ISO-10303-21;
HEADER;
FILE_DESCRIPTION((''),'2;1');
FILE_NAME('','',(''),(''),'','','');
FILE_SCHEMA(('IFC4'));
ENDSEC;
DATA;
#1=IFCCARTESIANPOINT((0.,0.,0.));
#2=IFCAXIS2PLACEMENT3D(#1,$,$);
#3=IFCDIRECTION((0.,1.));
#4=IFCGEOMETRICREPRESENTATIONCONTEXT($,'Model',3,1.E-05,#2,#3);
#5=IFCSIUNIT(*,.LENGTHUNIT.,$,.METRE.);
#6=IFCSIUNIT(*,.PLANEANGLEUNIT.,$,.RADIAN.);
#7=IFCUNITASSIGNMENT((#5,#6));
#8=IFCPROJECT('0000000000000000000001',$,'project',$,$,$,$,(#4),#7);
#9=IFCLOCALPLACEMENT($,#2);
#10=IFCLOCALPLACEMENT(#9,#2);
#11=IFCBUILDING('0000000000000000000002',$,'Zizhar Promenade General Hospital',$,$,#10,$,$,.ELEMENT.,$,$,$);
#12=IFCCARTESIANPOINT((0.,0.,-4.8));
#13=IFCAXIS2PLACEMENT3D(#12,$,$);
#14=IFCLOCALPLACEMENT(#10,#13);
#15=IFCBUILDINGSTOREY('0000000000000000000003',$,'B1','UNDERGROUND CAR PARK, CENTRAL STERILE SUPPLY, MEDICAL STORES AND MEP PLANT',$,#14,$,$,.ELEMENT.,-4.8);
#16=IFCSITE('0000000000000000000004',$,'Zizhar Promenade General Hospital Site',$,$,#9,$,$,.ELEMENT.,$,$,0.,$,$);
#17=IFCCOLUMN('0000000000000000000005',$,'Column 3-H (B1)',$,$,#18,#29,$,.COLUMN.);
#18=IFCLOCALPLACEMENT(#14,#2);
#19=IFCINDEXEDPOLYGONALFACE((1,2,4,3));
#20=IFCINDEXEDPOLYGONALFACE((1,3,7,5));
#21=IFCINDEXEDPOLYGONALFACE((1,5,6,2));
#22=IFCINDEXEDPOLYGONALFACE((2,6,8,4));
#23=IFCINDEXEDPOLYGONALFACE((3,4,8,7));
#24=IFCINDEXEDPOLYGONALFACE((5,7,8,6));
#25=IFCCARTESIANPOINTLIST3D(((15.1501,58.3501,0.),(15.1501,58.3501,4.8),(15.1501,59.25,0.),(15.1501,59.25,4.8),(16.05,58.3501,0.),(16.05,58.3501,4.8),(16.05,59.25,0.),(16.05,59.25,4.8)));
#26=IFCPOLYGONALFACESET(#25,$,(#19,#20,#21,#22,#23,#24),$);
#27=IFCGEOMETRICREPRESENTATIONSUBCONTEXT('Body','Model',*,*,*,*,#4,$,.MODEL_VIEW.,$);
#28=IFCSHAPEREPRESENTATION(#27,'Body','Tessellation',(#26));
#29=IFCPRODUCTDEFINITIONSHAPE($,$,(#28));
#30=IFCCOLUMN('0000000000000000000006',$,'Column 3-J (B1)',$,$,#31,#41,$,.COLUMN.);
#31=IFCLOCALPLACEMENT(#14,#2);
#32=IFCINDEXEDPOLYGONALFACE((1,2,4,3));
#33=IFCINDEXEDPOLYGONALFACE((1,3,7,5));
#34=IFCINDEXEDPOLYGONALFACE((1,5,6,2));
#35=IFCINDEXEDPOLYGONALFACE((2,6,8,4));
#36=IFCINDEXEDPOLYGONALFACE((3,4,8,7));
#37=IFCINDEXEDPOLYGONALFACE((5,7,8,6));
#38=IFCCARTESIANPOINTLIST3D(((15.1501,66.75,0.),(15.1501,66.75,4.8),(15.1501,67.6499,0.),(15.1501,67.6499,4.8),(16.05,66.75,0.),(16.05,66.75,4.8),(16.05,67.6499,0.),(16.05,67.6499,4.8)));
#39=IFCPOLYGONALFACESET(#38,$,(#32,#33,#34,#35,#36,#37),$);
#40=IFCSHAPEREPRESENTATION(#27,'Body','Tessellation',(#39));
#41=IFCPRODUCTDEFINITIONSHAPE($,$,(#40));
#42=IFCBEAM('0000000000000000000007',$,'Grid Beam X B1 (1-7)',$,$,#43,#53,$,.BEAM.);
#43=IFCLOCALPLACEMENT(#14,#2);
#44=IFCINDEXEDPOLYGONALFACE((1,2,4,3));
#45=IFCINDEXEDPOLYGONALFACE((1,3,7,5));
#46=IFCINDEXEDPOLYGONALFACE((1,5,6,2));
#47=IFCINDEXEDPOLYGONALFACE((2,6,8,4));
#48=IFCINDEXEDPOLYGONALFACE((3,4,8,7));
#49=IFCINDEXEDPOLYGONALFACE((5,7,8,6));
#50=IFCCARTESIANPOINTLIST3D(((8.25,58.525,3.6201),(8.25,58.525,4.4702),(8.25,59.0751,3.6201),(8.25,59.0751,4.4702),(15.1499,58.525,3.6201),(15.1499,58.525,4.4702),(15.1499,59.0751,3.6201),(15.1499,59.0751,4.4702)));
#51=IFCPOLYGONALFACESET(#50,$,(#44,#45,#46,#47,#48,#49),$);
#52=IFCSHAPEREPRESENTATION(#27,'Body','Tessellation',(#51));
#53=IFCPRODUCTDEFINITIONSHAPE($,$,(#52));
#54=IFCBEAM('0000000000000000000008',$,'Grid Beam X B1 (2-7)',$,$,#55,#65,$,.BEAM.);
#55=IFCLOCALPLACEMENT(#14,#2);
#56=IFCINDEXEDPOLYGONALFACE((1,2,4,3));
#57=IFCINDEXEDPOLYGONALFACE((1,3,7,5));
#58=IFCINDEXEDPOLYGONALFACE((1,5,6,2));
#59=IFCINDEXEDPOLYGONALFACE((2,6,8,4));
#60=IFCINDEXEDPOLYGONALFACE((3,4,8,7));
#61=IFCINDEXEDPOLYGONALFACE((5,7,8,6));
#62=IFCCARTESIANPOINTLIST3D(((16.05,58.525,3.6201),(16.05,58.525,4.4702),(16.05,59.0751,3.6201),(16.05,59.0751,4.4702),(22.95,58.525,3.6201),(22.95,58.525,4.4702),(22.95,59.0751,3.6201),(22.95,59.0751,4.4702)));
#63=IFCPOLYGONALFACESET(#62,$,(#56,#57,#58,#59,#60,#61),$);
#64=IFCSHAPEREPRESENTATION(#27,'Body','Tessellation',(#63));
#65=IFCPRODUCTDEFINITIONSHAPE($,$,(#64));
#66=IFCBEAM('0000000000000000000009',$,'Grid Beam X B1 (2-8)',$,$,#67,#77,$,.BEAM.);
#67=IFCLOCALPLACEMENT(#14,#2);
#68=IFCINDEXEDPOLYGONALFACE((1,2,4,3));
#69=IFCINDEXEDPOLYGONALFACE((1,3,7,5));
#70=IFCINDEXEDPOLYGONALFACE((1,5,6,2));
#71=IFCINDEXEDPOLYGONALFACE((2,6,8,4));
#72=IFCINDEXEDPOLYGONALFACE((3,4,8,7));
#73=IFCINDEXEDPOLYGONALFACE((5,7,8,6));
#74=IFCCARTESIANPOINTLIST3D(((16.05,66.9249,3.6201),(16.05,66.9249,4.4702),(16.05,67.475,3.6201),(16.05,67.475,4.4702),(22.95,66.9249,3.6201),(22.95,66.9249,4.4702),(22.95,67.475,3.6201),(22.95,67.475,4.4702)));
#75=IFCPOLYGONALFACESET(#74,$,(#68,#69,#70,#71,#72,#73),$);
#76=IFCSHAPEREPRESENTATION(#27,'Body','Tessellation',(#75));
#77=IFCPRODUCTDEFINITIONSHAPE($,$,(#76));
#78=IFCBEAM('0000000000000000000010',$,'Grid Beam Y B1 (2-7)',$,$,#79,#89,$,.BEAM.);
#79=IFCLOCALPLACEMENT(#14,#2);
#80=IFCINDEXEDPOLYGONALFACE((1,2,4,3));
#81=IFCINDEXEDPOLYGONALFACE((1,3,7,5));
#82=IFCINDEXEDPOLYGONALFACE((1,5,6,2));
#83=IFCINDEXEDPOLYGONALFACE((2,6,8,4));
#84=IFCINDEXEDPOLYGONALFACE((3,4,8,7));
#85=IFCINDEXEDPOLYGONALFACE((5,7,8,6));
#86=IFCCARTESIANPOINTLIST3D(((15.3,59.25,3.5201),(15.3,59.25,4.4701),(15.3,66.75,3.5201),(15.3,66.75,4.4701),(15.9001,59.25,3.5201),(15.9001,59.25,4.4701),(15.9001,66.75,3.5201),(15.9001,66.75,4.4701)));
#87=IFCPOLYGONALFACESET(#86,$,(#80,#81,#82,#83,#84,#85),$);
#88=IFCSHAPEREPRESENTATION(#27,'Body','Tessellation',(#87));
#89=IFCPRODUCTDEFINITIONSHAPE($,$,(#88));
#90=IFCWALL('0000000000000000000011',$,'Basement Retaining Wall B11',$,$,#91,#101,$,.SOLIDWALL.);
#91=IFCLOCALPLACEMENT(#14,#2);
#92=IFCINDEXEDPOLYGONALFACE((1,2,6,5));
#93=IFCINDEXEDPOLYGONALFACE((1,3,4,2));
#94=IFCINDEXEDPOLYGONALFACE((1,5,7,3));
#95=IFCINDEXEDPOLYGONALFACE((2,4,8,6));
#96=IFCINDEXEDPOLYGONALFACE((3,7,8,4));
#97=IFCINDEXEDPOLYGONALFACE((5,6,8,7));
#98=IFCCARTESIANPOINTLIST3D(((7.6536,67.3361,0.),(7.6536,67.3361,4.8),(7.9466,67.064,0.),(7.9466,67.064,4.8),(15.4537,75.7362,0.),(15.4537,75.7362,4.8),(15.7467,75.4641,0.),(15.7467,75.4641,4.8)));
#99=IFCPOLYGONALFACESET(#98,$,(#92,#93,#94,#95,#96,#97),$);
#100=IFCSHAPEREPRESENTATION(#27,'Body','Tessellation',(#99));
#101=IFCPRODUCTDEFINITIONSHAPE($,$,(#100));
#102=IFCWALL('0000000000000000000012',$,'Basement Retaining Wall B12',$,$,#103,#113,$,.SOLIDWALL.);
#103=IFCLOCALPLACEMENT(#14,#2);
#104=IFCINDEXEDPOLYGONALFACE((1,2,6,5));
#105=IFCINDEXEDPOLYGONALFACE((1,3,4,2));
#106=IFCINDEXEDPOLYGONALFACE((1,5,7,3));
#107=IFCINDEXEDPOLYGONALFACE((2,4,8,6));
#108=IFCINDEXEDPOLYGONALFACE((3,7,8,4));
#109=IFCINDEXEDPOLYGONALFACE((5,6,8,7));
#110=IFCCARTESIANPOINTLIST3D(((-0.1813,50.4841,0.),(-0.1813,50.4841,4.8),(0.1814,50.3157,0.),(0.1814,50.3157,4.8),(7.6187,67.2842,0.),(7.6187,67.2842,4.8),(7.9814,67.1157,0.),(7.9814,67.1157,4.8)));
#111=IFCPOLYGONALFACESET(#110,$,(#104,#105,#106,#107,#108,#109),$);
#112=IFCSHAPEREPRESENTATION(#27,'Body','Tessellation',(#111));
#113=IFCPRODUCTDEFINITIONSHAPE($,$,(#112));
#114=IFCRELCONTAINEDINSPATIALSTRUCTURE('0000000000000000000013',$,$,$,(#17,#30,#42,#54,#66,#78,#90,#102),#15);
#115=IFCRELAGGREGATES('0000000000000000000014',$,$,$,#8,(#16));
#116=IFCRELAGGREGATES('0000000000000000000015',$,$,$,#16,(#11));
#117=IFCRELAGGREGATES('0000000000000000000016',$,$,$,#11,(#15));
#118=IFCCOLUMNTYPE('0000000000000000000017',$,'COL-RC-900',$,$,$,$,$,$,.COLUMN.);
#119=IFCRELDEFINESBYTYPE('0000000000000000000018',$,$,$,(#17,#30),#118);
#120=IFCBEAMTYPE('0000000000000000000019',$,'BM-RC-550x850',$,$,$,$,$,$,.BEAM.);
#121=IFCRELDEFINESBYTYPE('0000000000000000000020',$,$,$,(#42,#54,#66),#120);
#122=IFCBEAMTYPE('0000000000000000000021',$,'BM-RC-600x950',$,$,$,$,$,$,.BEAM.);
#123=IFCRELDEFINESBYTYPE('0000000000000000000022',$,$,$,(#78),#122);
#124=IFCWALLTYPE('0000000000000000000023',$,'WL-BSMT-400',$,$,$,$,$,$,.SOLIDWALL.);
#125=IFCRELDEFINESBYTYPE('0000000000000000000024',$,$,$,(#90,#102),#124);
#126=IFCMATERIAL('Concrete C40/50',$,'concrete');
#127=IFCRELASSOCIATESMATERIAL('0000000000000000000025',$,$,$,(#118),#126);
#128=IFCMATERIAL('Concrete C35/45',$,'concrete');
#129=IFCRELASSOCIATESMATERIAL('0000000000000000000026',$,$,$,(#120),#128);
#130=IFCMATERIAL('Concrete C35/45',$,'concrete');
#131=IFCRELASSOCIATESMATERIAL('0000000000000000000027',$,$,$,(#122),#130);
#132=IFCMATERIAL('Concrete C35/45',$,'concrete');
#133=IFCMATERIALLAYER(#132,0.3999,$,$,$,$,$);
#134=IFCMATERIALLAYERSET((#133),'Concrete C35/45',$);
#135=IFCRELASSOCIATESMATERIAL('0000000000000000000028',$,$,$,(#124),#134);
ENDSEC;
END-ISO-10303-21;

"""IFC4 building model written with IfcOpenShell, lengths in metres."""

from ifc_helpers import new_model, si_unit, direction, frame, frame_2d, origin, origin_2d, place, context, subcontext, project, spatial, rectangle, extrude, material, layer, layer_set, material_profile, profile_set, type_object, element, save


model = new_model("IFC4")

# Units and contexts
model_context = context("Model", 3, precision=1e-05, world=origin(), true_north=direction((0.0, 1.0)))
body_context = subcontext(model_context, "Body", "Model", "MODEL_VIEW")
ifc_project = project(units=[si_unit("LENGTHUNIT", "METRE"), si_unit("PLANEANGLEUNIT", "RADIAN")], contexts=[model_context])

# Site, building, storey
site_placement = place(None, origin())
site = spatial("IfcSite", under=ifc_project, at=site_placement, Name="Zizhar Promenade General Hospital Site", CompositionType="ELEMENT", RefElevation=0.0)
building_placement = place(site_placement, origin())
building = spatial("IfcBuilding", under=site, at=building_placement, Name="Zizhar Promenade General Hospital", CompositionType="ELEMENT")
storey_placement = place(building_placement, frame((0.0, 0.0, -4.8)))
storey = spatial("IfcBuildingStorey", under=building, at=storey_placement, Name="B1", Description="UNDERGROUND CAR PARK, CENTRAL STERILE SUPPLY, MEDICAL STORES AND MEP PLANT", CompositionType="ELEMENT", Elevation=-4.8)

# Columns
ifc_material_1 = material(Name="Concrete C40/50", Category="concrete")
ifc_material_profile_1 = material_profile(ifc_material_1, rectangle(XDim=0.8999, YDim=0.8999, at=origin_2d()))
ifc_profile_set_1 = profile_set([ifc_material_profile_1], Name="Concrete C40/50")
column_type = type_object("IfcColumnType", Name="COL-RC-900", PredefinedType="COLUMN", material=ifc_profile_set_1)
for number, where, z_axis, x_axis, name in (
    (1, (15.6001, 58.8, 0.0), (0.0, 0.0, 1.0), (1.0, 0.0, 0.0), "Column 3-H (B1)"),
    (2, (15.6001, 67.2, 0.0), (0.0, 0.0, 1.0), (1.0, 0.0, 0.0), "Column 3-J (B1)"),
):
    element("IfcColumn", number, at=place(storey_placement, frame(where, z_axis=z_axis, x_axis=x_axis)), inside=storey, type_object=column_type, Name=name, PredefinedType="COLUMN", context=body_context, shape_type="SweptSolid", body=[
        extrude(rectangle(XDim=0.8999, YDim=0.8999, at=origin_2d()), origin(), (0.0, 0.0, 1.0), 4.8),
    ])

# Beams
ifc_material_2 = material(Name="Concrete C35/45", Category="concrete")
ifc_material_profile_2 = material_profile(ifc_material_2, rectangle(XDim=0.55, YDim=0.8501, at=origin_2d()))
ifc_profile_set_2 = profile_set([ifc_material_profile_2], Name="Concrete C35/45")
beam_type_1 = type_object("IfcBeamType", Name="BM-RC-550x850", PredefinedType="BEAM", material=ifc_profile_set_2)
for number, where, z_axis, x_axis, name in (
    (3, (8.25, 58.8, 4.0452), (1.0, 0.0, 0.0), (0.0, 1.0, 0.0), "Grid Beam X B1 (1-7)"),
    (4, (16.05, 58.8, 4.0452), (1.0, 0.0, 0.0), (0.0, 1.0, 0.0), "Grid Beam X B1 (2-7)"),
    (5, (16.05, 67.2, 4.0452), (1.0, 0.0, 0.0), (0.0, 1.0, 0.0), "Grid Beam X B1 (2-8)"),
):
    element("IfcBeam", number, at=place(storey_placement, frame(where, z_axis=z_axis, x_axis=x_axis)), inside=storey, type_object=beam_type_1, Name=name, PredefinedType="BEAM", context=body_context, shape_type="SweptSolid", body=[
        extrude(rectangle(XDim=0.55, YDim=0.8501, at=origin_2d()), origin(), (0.0, 0.0, 1.0), 6.8999),
    ])
ifc_material_3 = material(Name="Concrete C35/45", Category="concrete")
ifc_material_profile_3 = material_profile(ifc_material_3, rectangle(XDim=0.6001, YDim=0.95, at=origin_2d()))
ifc_profile_set_3 = profile_set([ifc_material_profile_3], Name="Concrete C35/45")
beam_type_2 = type_object("IfcBeamType", Name="BM-RC-600x950", PredefinedType="BEAM", material=ifc_profile_set_3)
beam_placement = place(storey_placement, frame((15.6001, 59.25, 3.9951), z_axis=(0.0, 1.0, 0.0), x_axis=(-1.0, 0.0, 0.0)))
element("IfcBeam", 6, at=beam_placement, inside=storey, type_object=beam_type_2, Name="Grid Beam Y B1 (2-7)", PredefinedType="BEAM", context=body_context, shape_type="SweptSolid", body=[
    extrude(rectangle(XDim=0.6001, YDim=0.95, at=origin_2d()), origin(), (0.0, 0.0, 1.0), 7.5),
])

# Walls
ifc_material_4 = material(Name="Concrete C35/45", Category="concrete")
ifc_layer = layer(ifc_material_4, 0.3999)
ifc_layer_set = layer_set([ifc_layer], Name="Concrete C35/45")
wall_type = type_object("IfcWallType", Name="WL-BSMT-400", PredefinedType="SOLIDWALL", material=ifc_layer_set)
wall_1_placement = place(storey_placement, frame((15.6001, 75.6001, 0.0), z_axis=(0.0, 0.0, 1.0), x_axis=(-0.680447, -0.732797, 0.0)))
element("IfcWall", 7, at=wall_1_placement, inside=storey, type_object=wall_type, Name="Basement Retaining Wall B11", PredefinedType="SOLIDWALL", context=body_context, shape_type="SweptSolid", body=[
    extrude(rectangle(XDim=11.4631, YDim=0.3999, at=frame_2d((5.7314, 0.0))), origin(), (0.0, 0.0, 1.0), 4.8),
])
wall_2_placement = place(storey_placement, frame((7.8, 67.2, 0.0), z_axis=(0.0, 0.0, 1.0), x_axis=(-0.421112, -0.907008, 0.0)))
element("IfcWall", 8, at=wall_2_placement, inside=storey, type_object=wall_type, Name="Basement Retaining Wall B12", PredefinedType="SOLIDWALL", context=body_context, shape_type="SweptSolid", body=[
    extrude(rectangle(XDim=18.5225, YDim=0.3999, at=frame_2d((9.2612, 0.0))), origin(), (0.0, 0.0, 1.0), 4.8),
])

save(model, "model.ifc")
